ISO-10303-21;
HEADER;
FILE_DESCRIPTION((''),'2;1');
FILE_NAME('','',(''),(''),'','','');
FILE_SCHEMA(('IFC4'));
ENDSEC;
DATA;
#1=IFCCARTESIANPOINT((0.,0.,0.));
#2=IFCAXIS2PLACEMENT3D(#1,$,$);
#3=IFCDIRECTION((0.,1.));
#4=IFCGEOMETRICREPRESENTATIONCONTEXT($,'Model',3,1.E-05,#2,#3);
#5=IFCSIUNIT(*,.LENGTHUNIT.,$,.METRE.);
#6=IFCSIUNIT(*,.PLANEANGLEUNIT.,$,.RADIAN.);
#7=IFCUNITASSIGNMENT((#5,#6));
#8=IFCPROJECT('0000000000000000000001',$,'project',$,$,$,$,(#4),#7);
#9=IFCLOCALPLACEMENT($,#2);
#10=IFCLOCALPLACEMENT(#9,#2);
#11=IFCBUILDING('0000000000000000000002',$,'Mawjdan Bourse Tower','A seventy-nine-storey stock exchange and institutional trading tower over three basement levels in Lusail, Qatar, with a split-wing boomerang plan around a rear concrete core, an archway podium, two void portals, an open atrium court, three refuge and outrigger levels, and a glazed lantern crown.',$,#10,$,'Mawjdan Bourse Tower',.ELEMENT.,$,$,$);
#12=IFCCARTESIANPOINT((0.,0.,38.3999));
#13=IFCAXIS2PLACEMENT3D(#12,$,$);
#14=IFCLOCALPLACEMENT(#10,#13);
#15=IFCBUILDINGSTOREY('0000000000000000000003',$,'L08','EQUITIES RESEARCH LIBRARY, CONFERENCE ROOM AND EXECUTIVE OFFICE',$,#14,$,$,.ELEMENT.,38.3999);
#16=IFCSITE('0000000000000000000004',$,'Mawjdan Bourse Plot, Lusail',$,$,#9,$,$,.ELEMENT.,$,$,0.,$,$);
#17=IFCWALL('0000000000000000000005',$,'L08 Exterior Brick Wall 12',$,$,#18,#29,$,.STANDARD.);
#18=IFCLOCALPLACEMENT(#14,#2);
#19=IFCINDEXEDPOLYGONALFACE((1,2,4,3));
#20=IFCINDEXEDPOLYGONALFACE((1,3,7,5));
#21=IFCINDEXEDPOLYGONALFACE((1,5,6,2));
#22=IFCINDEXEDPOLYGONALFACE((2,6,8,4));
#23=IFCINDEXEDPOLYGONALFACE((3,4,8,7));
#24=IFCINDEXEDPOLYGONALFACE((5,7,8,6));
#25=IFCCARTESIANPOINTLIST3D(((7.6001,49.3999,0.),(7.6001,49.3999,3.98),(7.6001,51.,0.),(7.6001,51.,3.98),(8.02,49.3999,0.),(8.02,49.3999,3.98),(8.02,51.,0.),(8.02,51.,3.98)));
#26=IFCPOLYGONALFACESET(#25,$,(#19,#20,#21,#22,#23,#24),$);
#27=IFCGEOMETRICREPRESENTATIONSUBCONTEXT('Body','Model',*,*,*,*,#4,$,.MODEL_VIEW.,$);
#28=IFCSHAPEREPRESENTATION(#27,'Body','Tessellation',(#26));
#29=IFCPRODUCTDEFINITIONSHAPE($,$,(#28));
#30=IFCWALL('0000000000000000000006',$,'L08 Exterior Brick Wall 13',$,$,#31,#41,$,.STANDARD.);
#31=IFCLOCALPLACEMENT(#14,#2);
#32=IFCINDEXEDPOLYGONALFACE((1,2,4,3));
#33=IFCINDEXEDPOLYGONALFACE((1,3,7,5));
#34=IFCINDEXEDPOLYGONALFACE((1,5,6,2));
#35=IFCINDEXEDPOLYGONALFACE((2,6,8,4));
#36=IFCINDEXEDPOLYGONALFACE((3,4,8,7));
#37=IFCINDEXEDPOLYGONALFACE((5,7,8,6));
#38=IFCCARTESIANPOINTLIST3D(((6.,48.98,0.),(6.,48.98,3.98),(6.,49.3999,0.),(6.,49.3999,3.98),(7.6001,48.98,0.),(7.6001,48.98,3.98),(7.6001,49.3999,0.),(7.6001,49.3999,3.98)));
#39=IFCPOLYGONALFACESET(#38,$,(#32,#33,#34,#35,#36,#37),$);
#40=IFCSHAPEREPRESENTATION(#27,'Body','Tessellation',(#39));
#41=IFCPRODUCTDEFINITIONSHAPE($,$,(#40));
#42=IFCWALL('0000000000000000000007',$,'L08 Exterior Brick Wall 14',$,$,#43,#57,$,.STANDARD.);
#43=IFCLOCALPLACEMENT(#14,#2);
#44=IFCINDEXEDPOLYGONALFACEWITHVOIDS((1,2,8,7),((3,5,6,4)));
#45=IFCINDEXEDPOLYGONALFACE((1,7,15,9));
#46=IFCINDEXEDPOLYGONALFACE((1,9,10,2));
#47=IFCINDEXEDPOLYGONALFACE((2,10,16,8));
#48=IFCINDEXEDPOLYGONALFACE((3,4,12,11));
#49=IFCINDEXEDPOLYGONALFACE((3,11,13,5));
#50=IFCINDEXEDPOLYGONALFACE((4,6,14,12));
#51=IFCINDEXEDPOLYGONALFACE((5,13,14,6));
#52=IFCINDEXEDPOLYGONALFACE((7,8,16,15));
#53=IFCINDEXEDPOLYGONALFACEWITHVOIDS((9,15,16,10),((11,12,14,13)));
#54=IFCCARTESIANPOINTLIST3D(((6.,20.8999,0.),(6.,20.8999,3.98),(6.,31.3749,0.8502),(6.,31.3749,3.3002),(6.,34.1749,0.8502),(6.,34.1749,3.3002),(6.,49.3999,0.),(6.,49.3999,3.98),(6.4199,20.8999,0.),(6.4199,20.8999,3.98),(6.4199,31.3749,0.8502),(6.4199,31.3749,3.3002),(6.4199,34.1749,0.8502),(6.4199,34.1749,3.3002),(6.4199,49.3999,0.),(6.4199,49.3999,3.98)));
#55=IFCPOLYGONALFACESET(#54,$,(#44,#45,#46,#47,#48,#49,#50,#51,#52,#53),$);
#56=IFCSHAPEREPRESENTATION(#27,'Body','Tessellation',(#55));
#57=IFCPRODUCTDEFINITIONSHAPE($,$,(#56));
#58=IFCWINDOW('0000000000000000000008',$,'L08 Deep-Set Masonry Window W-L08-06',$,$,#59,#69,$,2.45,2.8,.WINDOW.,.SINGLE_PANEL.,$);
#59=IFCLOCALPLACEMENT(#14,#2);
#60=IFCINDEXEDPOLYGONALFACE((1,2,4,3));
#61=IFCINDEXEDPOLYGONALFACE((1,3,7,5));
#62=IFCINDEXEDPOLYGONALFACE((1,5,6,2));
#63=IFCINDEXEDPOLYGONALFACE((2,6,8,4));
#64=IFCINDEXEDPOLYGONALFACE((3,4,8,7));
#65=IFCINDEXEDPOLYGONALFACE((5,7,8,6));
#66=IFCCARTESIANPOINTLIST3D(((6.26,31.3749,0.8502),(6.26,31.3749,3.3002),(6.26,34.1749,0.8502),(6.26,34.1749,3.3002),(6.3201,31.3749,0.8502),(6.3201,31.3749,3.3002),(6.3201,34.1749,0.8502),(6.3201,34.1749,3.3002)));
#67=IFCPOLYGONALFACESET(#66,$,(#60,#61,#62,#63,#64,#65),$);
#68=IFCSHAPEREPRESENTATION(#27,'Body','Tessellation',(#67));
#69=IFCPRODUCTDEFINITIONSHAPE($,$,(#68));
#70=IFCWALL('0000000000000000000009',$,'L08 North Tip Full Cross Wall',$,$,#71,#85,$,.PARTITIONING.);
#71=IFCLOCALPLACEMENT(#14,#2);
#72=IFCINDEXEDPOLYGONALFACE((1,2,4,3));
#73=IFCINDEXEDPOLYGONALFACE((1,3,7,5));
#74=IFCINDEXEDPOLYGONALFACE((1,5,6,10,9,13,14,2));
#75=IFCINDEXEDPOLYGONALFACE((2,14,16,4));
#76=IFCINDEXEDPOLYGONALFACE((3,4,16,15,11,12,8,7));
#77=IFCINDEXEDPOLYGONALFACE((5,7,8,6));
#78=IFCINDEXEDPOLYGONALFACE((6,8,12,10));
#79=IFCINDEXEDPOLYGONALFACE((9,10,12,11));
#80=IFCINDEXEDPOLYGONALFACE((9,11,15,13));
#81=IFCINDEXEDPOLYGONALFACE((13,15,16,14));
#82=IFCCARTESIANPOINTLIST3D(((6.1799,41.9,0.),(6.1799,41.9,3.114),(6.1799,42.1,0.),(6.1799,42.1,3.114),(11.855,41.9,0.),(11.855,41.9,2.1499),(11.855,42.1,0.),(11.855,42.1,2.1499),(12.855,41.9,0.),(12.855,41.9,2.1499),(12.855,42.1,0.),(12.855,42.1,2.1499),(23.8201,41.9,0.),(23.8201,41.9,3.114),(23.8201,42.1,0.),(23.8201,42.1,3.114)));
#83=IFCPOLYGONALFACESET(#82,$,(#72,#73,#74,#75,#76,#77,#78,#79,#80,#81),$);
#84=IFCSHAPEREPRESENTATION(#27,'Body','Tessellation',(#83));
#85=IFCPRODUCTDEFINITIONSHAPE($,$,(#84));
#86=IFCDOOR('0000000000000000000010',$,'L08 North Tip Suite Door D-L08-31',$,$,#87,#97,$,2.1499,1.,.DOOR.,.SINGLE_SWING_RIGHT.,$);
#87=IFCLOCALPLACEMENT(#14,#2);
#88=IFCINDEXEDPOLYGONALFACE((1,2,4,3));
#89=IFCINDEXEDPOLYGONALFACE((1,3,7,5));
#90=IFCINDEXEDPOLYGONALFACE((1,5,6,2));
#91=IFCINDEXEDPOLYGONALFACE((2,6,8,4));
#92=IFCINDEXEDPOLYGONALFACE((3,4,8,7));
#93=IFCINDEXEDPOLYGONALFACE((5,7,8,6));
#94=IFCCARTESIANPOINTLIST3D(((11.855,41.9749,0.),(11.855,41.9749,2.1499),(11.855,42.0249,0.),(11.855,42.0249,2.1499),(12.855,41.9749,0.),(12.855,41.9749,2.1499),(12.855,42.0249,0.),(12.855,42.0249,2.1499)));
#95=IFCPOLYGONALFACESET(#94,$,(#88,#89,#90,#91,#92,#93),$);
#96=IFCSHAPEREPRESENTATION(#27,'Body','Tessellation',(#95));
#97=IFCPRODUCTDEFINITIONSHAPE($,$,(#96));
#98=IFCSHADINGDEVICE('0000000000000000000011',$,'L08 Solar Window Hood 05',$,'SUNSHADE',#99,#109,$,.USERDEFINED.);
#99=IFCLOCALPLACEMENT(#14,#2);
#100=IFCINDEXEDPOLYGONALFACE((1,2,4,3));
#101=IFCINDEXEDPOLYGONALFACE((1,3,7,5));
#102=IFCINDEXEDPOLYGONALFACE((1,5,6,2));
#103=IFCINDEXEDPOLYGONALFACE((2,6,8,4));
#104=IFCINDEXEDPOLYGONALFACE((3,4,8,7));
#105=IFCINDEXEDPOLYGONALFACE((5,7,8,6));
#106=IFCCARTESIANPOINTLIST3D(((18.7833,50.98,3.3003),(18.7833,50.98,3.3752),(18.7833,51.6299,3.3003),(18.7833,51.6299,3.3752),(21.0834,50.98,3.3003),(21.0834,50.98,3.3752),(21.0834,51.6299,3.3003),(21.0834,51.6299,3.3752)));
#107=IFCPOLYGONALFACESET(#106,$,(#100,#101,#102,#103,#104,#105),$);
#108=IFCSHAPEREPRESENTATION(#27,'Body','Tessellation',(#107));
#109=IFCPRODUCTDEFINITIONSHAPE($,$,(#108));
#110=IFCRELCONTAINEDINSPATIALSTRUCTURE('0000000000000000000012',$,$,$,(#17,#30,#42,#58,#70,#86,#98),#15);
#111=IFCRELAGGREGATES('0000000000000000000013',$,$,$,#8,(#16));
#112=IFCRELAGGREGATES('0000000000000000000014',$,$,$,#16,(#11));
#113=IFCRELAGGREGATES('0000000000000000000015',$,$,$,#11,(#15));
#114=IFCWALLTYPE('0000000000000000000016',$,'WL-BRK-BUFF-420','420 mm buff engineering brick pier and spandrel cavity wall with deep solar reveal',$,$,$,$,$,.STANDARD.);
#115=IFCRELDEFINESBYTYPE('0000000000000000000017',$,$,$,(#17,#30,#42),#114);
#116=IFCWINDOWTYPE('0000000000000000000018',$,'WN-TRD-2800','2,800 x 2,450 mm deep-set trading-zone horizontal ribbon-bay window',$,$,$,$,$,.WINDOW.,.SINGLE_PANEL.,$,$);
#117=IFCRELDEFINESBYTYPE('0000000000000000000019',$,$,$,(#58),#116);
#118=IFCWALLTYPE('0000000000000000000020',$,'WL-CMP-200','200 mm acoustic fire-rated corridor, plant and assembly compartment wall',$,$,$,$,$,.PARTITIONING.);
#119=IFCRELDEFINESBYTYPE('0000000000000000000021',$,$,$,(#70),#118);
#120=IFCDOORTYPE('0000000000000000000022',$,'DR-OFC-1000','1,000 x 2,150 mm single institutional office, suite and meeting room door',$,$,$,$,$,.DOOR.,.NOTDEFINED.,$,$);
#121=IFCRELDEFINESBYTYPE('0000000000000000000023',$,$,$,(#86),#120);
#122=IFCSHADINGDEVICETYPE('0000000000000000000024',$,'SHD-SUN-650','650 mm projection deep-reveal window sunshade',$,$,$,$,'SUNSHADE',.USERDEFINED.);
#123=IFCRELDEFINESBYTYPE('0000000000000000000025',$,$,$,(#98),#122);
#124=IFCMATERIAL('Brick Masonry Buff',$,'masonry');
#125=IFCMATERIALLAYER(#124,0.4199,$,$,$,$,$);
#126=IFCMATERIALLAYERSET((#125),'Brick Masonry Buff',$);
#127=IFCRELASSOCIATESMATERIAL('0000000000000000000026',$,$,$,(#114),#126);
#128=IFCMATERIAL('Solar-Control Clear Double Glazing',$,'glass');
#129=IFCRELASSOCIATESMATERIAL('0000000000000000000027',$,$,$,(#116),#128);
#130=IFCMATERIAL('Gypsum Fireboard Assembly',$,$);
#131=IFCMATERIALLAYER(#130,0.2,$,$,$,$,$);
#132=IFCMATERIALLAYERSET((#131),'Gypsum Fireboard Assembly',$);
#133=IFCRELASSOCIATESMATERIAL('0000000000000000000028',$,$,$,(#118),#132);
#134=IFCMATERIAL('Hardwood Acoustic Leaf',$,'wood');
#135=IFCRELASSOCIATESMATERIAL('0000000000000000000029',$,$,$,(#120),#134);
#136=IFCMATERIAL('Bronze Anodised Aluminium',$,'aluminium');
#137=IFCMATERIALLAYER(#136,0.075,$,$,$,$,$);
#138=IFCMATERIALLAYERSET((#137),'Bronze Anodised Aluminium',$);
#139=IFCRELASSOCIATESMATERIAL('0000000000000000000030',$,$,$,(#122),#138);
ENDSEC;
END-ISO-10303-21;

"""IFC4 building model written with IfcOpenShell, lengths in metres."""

from ifc_helpers import new_model, si_unit, direction, frame, frame_2d, origin, origin_2d, place, context, subcontext, project, spatial, rectangle, extrude, material, layer, layer_set, type_object, element, fill, save


model = new_model("IFC4")

# Units and contexts
model_context = context("Model", 3, precision=1e-05, world=origin(), true_north=direction((0.0, 1.0)))
body_context = subcontext(model_context, "Body", "Model", "MODEL_VIEW")
ifc_project = project(units=[si_unit("LENGTHUNIT", "METRE"), si_unit("PLANEANGLEUNIT", "RADIAN")], contexts=[model_context])

# Site, building, storey
site_placement = place(None, origin())
site = spatial("IfcSite", under=ifc_project, at=site_placement, Name="Mawjdan Bourse Plot, Lusail", CompositionType="ELEMENT", RefElevation=0.0)
building_placement = place(site_placement, origin())
building = spatial("IfcBuilding", under=site, at=building_placement, Name="Mawjdan Bourse Tower", Description="A seventy-nine-storey stock exchange and institutional trading tower over three basement levels in Lusail, Qatar, with a split-wing boomerang plan around a rear concrete core, an archway podium, two void portals, an open atrium court, three refuge and outrigger levels, and a glazed lantern crown.", LongName="Mawjdan Bourse Tower", CompositionType="ELEMENT")
storey_placement = place(building_placement, frame((0.0, 0.0, 38.3999)))
storey = spatial("IfcBuildingStorey", under=building, at=storey_placement, Name="L08", Description="EQUITIES RESEARCH LIBRARY, CONFERENCE ROOM AND EXECUTIVE OFFICE", CompositionType="ELEMENT", Elevation=38.3999)

# Walls
ifc_material_1 = material(Name="Brick Masonry Buff", Category="masonry")
ifc_layer_1 = layer(ifc_material_1, 0.4199)
ifc_layer_set_1 = layer_set([ifc_layer_1], Name="Brick Masonry Buff")
wall_type_1 = type_object("IfcWallType", Name="WL-BRK-BUFF-420", Description="420 mm buff engineering brick pier and spandrel cavity wall with deep solar reveal", PredefinedType="STANDARD", material=ifc_layer_set_1)
for number, where, z_axis, x_axis, name in (
    (1, (7.8101, 51.0, 0.0), (0.0, 0.0, 1.0), (0.0, -1.0, 0.0), "L08 Exterior Brick Wall 12"),
    (2, (7.6001, 49.1899, 0.0), (0.0, 0.0, 1.0), (-1.0, 0.0, 0.0), "L08 Exterior Brick Wall 13"),
):
    element("IfcWall", number, at=place(storey_placement, frame(where, z_axis=z_axis, x_axis=x_axis)), inside=storey, type_object=wall_type_1, Name=name, PredefinedType="STANDARD", context=body_context, shape_type="SweptSolid", body=[
        extrude(rectangle(XDim=1.6001, YDim=0.4199, at=frame_2d((0.8, 0.0))), origin(), (0.0, 0.0, 1.0), 3.98),
    ])

# Wall, opening, window
wall_1_placement = place(storey_placement, frame((6.21, 49.3999, 0.0), z_axis=(0.0, 0.0, 1.0), x_axis=(0.0, -1.0, 0.0)))
wall_1 = element("IfcWall", 3, at=wall_1_placement, inside=storey, type_object=wall_type_1, Name="L08 Exterior Brick Wall 14", PredefinedType="STANDARD", context=body_context, shape_type="SweptSolid", body=[
    extrude(rectangle(XDim=28.5, YDim=0.4199, at=frame_2d((14.25, 0.0))), origin(), (0.0, 0.0, 1.0), 3.98),
])
opening_1_placement = place(wall_1_placement, frame((15.2251, 0.0, 0.8501)))
opening_1 = element("IfcOpeningElement", 4, at=opening_1_placement, cuts=wall_1, PredefinedType="OPENING", context=body_context, shape_type="SweptSolid", body=[
    extrude(rectangle(XDim=2.8, YDim=2.45, at=frame_2d((1.3999, 1.2251))), frame((0.0, 0.22, 0.0), z_axis=(0.0, -1.0, 0.0), x_axis=(1.0, 0.0, 0.0)), (0.0, 0.0, 1.0), 0.4399),
])
ifc_material_2 = material(Name="Solar-Control Clear Double Glazing", Category="glass")
window_type = type_object("IfcWindowType", Name="WN-TRD-2800", Description="2,800 x 2,450 mm deep-set trading-zone horizontal ribbon-bay window", PartitioningType="SINGLE_PANEL", PredefinedType="WINDOW", material=ifc_material_2)
window_placement = place(opening_1_placement, origin())
window = element("IfcWindow", 5, at=window_placement, inside=storey, type_object=window_type, Name="L08 Deep-Set Masonry Window W-L08-06", OverallHeight=2.45, OverallWidth=2.8, PartitioningType="SINGLE_PANEL", PredefinedType="WINDOW", context=body_context, shape_type="SweptSolid", body=[
    extrude(rectangle(XDim=2.8, YDim=2.45, at=frame_2d((1.3999, 1.2251))), frame((0.0, 0.1101, 0.0), z_axis=(0.0, -1.0, 0.0), x_axis=(1.0, 0.0, 0.0)), (0.0, 0.0, 1.0), 0.0601),
])
fill(opening_1, window)

# Wall, opening, door
ifc_material_3 = material(Name="Gypsum Fireboard Assembly")
ifc_layer_2 = layer(ifc_material_3, 0.2)
ifc_layer_set_2 = layer_set([ifc_layer_2], Name="Gypsum Fireboard Assembly")
wall_type_2 = type_object("IfcWallType", Name="WL-CMP-200", Description="200 mm acoustic fire-rated corridor, plant and assembly compartment wall", PredefinedType="PARTITIONING", material=ifc_layer_set_2)
wall_2_placement = place(storey_placement, frame((6.1799, 42.0, 0.0), z_axis=(0.0, 0.0, 1.0), x_axis=(1.0, 0.0, 0.0)))
wall_2 = element("IfcWall", 6, at=wall_2_placement, inside=storey, type_object=wall_type_2, Name="L08 North Tip Full Cross Wall", PredefinedType="PARTITIONING", context=body_context, shape_type="SweptSolid", body=[
    extrude(rectangle(XDim=17.6401, YDim=0.2, at=frame_2d((8.8201, 0.0))), origin(), (0.0, 0.0, 1.0), 3.114),
])
opening_2_placement = place(wall_2_placement, frame((5.675, 0.0, 0.0)))
opening_2 = element("IfcOpeningElement", 7, at=opening_2_placement, cuts=wall_2, PredefinedType="OPENING", context=body_context, shape_type="SweptSolid", body=[
    extrude(rectangle(XDim=1.0, YDim=2.1499, at=frame_2d((0.5, 1.075))), frame((0.0, 0.1099, 0.0), z_axis=(0.0, -1.0, 0.0), x_axis=(1.0, 0.0, 0.0)), (0.0, 0.0, 1.0), 0.22),
])
ifc_material_4 = material(Name="Hardwood Acoustic Leaf", Category="wood")
door_type = type_object("IfcDoorType", Name="DR-OFC-1000", Description="1,000 x 2,150 mm single institutional office, suite and meeting room door", OperationType="NOTDEFINED", PredefinedType="DOOR", material=ifc_material_4)
door_placement = place(opening_2_placement, origin())
door = element("IfcDoor", 8, at=door_placement, inside=storey, type_object=door_type, Name="L08 North Tip Suite Door D-L08-31", OperationType="SINGLE_SWING_RIGHT", OverallHeight=2.1499, OverallWidth=1.0, PredefinedType="DOOR", context=body_context, shape_type="SweptSolid", body=[
    extrude(rectangle(XDim=1.0, YDim=2.1499, at=frame_2d((0.5, 1.075))), frame((0.0, 0.0249, 0.0), z_axis=(0.0, -1.0, 0.0), x_axis=(1.0, 0.0, 0.0)), (0.0, 0.0, 1.0), 0.05),
])
fill(opening_2, door)

# Shading device
ifc_material_5 = material(Name="Bronze Anodised Aluminium", Category="aluminium")
ifc_layer_3 = layer(ifc_material_5, 0.075)
ifc_layer_set_3 = layer_set([ifc_layer_3], Name="Bronze Anodised Aluminium")
shading_device_type = type_object("IfcShadingDeviceType", Name="SHD-SUN-650", Description="650 mm projection deep-reveal window sunshade", ElementType="SUNSHADE", PredefinedType="USERDEFINED", material=ifc_layer_set_3)
shading_device_placement = place(storey_placement, frame((19.9333, 51.3049, 3.3003), z_axis=(0.0, 0.0, 1.0), x_axis=(-1.0, 0.0, 0.0)))
element("IfcShadingDevice", 9, at=shading_device_placement, inside=storey, type_object=shading_device_type, Name="L08 Solar Window Hood 05", ObjectType="SUNSHADE", PredefinedType="USERDEFINED", context=body_context, shape_type="SweptSolid", body=[
    extrude(rectangle(XDim=2.3, YDim=0.6499, at=origin_2d()), origin(), (0.0, 0.0, 1.0), 0.075),
])

save(model, "model.ifc")
